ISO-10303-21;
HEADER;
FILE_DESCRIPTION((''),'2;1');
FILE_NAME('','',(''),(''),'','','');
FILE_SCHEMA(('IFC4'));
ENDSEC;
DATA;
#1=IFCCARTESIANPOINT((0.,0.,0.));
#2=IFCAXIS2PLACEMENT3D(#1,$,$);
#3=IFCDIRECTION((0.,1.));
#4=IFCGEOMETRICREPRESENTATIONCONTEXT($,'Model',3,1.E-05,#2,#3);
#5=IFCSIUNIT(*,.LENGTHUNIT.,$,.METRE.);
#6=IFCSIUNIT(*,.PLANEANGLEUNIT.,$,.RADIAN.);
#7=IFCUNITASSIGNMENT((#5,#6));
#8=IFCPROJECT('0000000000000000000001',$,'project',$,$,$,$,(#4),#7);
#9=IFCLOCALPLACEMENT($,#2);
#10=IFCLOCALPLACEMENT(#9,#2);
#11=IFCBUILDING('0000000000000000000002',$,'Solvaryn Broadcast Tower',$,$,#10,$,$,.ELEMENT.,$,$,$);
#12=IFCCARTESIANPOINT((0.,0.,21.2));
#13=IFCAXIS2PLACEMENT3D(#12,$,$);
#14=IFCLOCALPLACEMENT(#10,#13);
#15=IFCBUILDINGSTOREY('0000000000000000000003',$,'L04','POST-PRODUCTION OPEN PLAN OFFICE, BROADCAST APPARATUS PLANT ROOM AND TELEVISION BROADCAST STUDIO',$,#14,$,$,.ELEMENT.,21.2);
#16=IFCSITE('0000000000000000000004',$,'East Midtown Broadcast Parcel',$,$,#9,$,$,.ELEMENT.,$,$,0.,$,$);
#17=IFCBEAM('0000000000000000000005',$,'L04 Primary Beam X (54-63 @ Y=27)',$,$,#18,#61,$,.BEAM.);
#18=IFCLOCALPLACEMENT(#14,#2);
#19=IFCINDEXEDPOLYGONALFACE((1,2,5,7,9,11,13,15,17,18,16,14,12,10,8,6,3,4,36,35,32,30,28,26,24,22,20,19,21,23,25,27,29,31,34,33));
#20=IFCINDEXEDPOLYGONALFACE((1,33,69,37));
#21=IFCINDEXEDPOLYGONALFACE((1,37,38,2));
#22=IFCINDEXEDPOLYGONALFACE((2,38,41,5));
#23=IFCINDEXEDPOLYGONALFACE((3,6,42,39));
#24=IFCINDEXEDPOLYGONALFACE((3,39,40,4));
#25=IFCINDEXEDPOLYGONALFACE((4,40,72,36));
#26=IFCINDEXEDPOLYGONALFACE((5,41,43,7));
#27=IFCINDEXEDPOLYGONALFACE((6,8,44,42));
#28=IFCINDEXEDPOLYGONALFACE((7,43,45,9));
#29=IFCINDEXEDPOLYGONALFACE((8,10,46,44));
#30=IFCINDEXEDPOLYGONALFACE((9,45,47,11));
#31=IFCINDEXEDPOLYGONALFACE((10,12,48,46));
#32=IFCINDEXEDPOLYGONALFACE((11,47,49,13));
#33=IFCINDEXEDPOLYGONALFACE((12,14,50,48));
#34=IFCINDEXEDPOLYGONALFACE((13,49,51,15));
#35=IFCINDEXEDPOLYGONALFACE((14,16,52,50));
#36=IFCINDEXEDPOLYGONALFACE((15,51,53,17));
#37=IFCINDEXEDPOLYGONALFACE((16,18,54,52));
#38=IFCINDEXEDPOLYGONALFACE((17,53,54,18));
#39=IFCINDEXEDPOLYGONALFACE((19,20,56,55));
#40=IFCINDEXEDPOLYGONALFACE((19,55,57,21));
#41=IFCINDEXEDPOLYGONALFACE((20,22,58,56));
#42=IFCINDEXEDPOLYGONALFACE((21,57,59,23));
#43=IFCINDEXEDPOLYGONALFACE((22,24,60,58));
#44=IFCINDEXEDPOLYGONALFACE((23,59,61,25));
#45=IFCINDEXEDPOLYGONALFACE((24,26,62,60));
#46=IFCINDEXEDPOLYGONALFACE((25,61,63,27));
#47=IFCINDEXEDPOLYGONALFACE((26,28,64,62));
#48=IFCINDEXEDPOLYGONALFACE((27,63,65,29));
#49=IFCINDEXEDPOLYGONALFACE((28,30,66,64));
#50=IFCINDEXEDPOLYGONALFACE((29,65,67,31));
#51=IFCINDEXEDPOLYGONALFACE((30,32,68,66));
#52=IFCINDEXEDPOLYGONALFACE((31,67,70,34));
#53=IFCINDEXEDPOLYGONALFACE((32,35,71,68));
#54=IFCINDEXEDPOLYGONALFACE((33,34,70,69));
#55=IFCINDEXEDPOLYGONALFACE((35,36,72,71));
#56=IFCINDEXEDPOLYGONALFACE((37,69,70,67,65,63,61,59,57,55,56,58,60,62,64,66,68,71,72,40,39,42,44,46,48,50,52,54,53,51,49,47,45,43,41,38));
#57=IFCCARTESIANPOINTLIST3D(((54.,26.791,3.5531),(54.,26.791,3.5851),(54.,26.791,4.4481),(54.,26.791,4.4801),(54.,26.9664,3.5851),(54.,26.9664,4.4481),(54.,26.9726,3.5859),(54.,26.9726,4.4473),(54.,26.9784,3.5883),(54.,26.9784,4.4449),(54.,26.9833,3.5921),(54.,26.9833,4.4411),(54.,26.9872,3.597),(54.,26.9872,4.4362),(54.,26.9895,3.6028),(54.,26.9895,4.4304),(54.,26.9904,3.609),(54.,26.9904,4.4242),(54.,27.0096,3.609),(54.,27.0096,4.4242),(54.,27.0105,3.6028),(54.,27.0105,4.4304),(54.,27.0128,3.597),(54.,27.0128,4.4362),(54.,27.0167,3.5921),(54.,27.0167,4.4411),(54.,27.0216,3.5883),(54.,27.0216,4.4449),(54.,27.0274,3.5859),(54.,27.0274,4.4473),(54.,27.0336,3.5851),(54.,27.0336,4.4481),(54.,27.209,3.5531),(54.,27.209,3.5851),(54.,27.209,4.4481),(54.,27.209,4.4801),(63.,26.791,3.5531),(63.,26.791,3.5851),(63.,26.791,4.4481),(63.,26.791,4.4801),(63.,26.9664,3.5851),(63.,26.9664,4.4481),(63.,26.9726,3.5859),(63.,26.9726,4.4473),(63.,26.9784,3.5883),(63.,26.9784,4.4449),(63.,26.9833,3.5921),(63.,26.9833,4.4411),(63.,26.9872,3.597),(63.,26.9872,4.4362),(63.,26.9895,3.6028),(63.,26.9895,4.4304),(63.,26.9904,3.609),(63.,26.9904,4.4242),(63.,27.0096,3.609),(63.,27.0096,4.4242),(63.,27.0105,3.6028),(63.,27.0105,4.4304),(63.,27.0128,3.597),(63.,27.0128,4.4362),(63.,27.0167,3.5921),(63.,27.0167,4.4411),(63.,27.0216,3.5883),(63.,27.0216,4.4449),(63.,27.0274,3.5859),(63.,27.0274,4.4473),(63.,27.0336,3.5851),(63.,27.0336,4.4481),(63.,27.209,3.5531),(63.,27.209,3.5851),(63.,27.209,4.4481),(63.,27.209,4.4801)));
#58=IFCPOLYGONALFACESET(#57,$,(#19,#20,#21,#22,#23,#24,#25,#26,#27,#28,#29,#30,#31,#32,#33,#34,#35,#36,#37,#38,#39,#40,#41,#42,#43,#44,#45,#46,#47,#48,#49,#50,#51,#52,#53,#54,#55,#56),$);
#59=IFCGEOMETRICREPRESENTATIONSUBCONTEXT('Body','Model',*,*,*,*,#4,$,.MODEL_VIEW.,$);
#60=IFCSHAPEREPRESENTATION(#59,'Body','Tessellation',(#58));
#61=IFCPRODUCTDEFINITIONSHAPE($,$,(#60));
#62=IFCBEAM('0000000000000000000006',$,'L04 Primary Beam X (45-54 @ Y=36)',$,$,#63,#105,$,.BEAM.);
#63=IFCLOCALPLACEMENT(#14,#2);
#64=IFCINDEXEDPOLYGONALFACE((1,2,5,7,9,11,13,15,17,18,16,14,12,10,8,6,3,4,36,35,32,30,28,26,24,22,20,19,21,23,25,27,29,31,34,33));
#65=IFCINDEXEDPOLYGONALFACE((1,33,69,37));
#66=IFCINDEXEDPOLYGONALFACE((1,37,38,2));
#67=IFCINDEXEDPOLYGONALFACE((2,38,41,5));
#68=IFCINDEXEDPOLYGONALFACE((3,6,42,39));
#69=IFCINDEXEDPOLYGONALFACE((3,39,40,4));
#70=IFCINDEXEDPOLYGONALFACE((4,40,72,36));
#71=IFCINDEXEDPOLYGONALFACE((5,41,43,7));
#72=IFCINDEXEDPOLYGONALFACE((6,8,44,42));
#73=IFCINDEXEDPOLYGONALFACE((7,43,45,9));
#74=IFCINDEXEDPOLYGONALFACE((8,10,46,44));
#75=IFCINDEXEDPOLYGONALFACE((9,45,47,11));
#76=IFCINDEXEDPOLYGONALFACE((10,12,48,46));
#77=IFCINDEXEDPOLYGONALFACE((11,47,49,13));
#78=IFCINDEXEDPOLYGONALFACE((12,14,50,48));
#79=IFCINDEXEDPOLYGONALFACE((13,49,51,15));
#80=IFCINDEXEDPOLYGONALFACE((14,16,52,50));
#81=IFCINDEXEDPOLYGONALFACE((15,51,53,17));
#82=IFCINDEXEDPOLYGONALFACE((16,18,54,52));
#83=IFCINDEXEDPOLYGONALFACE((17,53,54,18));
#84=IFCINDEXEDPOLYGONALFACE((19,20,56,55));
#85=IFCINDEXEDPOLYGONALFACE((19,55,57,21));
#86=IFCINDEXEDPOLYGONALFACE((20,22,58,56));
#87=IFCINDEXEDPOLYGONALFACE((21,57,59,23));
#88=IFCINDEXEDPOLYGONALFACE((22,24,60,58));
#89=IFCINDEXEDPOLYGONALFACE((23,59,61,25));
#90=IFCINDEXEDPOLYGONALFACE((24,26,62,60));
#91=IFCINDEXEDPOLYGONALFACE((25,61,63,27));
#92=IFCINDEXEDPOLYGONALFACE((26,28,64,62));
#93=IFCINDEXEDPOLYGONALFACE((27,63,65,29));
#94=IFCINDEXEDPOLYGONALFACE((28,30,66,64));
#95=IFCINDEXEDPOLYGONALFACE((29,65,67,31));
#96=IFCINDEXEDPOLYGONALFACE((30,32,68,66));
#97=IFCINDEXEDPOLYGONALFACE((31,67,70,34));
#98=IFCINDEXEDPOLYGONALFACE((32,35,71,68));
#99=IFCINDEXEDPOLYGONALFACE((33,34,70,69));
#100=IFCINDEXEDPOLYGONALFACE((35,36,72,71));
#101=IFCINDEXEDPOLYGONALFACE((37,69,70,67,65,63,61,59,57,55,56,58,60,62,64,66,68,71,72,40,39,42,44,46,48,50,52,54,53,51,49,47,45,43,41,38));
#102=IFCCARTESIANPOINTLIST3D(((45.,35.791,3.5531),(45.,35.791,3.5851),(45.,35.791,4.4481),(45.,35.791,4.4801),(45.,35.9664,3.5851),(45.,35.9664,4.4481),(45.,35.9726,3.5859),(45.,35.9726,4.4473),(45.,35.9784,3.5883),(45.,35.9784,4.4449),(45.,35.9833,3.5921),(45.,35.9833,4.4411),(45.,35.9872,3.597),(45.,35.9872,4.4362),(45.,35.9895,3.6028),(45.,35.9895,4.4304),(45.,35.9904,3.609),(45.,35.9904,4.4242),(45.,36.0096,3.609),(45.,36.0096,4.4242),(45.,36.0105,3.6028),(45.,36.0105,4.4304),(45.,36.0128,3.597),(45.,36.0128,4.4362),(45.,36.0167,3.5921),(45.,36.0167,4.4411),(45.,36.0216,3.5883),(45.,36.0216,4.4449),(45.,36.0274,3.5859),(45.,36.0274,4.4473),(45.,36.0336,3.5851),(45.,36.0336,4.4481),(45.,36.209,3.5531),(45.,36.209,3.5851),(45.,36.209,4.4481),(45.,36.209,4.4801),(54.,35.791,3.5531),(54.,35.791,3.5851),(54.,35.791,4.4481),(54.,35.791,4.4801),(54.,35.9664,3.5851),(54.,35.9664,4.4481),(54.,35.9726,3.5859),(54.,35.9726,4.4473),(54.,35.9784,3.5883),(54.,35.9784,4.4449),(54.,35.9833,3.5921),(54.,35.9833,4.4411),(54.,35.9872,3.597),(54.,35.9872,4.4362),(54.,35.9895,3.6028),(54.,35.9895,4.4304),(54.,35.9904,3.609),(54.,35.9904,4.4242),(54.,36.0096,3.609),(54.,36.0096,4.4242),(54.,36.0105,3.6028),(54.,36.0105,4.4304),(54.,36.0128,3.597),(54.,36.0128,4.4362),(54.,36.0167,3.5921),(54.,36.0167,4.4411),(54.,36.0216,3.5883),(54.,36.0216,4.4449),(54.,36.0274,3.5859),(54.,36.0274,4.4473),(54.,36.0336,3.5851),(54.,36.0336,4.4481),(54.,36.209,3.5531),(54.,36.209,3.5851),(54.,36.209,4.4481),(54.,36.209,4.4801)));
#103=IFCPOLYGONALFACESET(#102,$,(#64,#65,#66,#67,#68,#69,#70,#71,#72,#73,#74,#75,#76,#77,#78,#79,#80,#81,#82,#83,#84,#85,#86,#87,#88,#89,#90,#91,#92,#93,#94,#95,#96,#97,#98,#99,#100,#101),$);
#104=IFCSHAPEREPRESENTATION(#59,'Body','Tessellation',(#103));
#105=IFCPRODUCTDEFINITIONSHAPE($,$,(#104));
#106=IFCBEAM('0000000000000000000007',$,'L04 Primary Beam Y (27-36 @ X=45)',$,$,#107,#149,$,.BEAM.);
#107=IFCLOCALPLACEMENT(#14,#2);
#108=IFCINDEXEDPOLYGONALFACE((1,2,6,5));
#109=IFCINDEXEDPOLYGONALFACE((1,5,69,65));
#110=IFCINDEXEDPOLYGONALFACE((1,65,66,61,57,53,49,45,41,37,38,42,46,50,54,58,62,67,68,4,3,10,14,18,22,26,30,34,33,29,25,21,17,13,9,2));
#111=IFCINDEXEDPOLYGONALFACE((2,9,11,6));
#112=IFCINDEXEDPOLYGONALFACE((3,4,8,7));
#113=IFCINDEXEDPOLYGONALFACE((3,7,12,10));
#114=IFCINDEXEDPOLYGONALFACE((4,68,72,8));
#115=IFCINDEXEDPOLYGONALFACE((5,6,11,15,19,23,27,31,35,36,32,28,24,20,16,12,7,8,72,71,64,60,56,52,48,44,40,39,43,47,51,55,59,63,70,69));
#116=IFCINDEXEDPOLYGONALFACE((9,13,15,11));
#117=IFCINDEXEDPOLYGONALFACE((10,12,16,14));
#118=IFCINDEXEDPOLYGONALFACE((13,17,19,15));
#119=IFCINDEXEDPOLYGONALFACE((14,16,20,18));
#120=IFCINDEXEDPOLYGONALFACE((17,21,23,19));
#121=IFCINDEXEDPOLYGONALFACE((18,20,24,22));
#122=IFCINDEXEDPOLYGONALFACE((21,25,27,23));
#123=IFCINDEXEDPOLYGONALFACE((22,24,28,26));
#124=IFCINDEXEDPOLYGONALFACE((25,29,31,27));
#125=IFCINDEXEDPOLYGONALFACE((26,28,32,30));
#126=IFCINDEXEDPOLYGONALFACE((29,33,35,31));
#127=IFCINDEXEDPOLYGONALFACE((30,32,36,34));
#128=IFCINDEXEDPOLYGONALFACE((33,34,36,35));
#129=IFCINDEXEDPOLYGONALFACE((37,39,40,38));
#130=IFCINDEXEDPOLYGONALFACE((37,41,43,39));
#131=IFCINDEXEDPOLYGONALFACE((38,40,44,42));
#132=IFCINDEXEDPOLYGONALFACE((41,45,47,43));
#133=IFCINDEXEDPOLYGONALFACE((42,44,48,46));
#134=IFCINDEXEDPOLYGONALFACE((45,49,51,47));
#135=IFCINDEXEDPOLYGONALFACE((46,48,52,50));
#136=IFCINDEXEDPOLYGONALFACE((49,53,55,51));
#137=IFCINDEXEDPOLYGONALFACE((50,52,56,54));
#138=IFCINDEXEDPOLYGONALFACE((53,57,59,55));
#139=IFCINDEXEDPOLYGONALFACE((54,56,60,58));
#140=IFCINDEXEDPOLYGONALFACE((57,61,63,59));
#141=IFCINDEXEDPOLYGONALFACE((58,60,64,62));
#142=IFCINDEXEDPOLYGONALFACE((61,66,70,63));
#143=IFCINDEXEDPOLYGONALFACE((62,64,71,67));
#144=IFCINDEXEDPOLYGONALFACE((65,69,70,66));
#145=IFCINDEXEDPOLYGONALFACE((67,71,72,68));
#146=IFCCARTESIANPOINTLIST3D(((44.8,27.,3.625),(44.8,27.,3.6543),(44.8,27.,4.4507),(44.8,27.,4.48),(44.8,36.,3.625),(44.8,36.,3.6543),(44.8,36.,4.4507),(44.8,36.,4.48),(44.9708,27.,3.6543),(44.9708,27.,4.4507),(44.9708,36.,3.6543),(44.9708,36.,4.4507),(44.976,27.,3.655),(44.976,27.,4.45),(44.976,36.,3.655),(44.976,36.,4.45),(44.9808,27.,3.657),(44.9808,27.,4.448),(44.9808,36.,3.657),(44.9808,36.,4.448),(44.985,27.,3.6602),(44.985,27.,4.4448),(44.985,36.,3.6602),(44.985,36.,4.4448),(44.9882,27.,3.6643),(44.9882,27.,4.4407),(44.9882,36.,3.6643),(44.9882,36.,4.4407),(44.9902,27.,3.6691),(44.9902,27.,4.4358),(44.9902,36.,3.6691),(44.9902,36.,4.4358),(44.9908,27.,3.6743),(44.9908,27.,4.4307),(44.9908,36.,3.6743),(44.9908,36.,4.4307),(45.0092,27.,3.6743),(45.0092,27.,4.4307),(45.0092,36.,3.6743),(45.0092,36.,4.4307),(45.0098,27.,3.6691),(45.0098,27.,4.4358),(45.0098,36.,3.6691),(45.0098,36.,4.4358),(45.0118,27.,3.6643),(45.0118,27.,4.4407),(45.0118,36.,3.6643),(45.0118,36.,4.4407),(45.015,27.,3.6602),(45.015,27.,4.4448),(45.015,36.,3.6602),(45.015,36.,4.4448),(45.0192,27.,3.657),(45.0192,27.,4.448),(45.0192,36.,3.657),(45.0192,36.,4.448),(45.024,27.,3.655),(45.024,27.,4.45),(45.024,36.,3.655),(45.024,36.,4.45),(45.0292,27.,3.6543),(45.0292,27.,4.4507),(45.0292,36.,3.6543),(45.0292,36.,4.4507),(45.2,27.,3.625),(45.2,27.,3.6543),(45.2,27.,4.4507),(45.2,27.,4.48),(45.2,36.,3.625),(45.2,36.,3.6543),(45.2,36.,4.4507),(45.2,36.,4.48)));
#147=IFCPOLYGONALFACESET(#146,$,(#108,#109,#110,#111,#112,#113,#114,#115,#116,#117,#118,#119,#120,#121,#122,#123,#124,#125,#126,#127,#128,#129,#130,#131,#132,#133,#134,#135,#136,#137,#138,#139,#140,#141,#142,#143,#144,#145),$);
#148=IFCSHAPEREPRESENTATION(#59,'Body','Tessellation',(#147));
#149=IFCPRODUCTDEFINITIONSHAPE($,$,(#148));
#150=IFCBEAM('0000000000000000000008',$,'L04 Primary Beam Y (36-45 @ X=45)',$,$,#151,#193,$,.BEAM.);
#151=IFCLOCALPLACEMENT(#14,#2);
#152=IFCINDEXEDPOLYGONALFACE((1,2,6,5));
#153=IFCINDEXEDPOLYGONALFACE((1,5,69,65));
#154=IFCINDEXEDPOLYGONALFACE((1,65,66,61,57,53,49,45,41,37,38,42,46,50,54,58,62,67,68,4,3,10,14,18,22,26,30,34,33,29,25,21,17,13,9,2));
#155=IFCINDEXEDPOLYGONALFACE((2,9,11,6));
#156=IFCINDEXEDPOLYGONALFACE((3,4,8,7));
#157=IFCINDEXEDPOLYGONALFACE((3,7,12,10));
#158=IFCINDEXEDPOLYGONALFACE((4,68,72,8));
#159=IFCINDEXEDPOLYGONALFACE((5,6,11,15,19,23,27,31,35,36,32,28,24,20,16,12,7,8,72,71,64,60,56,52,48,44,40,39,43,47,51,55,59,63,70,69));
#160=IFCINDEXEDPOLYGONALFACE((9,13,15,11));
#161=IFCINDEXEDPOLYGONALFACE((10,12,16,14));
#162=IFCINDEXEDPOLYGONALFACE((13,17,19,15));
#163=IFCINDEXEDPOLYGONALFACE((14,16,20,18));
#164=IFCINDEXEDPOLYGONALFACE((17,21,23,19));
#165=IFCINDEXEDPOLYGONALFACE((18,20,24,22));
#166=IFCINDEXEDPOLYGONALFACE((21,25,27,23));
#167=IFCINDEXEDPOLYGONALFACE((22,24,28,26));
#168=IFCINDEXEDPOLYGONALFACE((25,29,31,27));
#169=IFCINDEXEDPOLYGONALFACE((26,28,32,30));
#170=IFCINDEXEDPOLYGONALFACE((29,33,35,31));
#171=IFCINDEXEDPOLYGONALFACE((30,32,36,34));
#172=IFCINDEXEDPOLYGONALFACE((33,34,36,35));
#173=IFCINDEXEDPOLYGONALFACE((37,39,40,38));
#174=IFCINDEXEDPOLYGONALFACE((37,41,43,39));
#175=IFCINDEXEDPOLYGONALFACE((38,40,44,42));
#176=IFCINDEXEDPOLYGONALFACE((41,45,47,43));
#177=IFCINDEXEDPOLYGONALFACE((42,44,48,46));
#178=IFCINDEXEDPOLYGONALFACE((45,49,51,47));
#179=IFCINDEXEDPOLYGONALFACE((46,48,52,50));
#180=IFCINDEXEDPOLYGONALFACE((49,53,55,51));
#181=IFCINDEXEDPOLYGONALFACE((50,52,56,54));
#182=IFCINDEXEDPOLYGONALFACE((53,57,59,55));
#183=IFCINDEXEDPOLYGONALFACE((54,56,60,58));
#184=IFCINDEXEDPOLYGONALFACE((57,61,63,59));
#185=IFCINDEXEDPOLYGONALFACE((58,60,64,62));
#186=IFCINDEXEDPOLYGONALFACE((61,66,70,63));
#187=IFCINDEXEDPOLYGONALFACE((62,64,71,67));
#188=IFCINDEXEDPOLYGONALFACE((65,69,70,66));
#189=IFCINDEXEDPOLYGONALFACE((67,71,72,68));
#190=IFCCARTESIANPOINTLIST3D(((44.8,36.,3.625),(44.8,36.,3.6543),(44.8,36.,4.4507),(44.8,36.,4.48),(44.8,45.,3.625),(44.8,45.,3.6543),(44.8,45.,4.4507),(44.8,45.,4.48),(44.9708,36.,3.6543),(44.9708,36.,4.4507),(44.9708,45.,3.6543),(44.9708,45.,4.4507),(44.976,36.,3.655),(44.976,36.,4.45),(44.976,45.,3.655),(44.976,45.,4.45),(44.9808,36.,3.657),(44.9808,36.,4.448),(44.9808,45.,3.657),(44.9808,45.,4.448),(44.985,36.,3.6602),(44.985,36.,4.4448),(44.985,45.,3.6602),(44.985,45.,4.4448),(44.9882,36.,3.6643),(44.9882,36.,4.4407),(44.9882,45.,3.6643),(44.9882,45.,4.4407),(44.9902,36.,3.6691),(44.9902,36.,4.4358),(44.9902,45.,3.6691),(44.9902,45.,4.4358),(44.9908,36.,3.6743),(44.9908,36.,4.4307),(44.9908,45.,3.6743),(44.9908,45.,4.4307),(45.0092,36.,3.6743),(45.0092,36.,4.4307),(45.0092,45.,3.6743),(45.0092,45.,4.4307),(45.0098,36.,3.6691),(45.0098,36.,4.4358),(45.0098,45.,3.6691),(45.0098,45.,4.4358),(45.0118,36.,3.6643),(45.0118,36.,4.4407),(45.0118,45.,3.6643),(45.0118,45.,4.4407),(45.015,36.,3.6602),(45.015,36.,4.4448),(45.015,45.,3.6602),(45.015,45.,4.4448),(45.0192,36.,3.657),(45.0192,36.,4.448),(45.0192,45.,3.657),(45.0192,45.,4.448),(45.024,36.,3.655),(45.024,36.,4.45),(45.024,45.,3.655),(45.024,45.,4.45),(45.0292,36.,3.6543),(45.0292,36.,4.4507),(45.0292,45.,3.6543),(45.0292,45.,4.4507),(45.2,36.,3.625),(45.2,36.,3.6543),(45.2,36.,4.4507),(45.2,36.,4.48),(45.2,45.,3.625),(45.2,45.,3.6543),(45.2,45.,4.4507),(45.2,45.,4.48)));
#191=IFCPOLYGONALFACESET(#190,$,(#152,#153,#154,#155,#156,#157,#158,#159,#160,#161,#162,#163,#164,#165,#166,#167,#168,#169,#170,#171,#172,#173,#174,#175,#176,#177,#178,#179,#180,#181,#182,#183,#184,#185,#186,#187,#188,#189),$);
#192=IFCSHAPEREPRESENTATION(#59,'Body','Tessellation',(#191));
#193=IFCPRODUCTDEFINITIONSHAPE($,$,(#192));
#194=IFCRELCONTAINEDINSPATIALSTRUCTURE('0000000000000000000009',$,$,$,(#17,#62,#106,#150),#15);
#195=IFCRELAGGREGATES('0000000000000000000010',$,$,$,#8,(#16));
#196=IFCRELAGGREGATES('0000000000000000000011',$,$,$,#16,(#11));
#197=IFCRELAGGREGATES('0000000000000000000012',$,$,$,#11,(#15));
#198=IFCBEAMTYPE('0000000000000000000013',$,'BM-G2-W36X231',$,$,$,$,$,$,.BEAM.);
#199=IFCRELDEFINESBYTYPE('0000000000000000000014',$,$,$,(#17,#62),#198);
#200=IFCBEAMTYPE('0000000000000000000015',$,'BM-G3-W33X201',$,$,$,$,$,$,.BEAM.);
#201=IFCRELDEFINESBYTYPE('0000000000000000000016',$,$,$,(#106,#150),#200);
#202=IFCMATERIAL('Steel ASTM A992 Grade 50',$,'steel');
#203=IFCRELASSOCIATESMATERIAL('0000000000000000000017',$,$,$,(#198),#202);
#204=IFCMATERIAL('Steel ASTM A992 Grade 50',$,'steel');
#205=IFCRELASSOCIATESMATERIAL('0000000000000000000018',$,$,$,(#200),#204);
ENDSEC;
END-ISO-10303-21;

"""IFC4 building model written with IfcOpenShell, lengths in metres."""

from ifc_helpers import new_model, si_unit, direction, frame, origin, origin_2d, place, context, subcontext, project, spatial, i_section, extrude, material, material_profile, profile_set, type_object, element, save


model = new_model("IFC4")

# Units and contexts
model_context = context("Model", 3, precision=1e-05, world=origin(), true_north=direction((0.0, 1.0)))
body_context = subcontext(model_context, "Body", "Model", "MODEL_VIEW")
ifc_project = project(units=[si_unit("LENGTHUNIT", "METRE"), si_unit("PLANEANGLEUNIT", "RADIAN")], contexts=[model_context])

# Site, building, storey
site_placement = place(None, origin())
site = spatial("IfcSite", under=ifc_project, at=site_placement, Name="East Midtown Broadcast Parcel", CompositionType="ELEMENT", RefElevation=0.0)
building_placement = place(site_placement, origin())
building = spatial("IfcBuilding", under=site, at=building_placement, Name="Solvaryn Broadcast Tower", CompositionType="ELEMENT")
storey_placement = place(building_placement, frame((0.0, 0.0, 21.2)))
storey = spatial("IfcBuildingStorey", under=building, at=storey_placement, Name="L04", Description="POST-PRODUCTION OPEN PLAN OFFICE, BROADCAST APPARATUS PLANT ROOM AND TELEVISION BROADCAST STUDIO", CompositionType="ELEMENT", Elevation=21.2)

# Beams
ifc_material_1 = material(Name="Steel ASTM A992 Grade 50", Category="steel")
ifc_material_profile_1 = material_profile(ifc_material_1, i_section(OverallWidth=0.418, OverallDepth=0.927, WebThickness=0.0193, FlangeThickness=0.032, FilletRadius=0.0239, at=origin_2d()))
ifc_profile_set_1 = profile_set([ifc_material_profile_1], Name="Steel ASTM A992 Grade 50")
beam_type_1 = type_object("IfcBeamType", Name="BM-G2-W36X231", PredefinedType="BEAM", material=ifc_profile_set_1)
for number, where, z_axis, x_axis, name in (
    (1, (54.0, 27.0, 4.0166), (1.0, 0.0, 0.0), (0.0, 1.0, 0.0), "L04 Primary Beam X (54-63 @ Y=27)"),
    (2, (45.0, 36.0, 4.0166), (1.0, 0.0, 0.0), (0.0, 1.0, 0.0), "L04 Primary Beam X (45-54 @ Y=36)"),
):
    element("IfcBeam", number, at=place(storey_placement, frame(where, z_axis=z_axis, x_axis=x_axis)), inside=storey, type_object=beam_type_1, Name=name, PredefinedType="BEAM", context=body_context, shape_type="SweptSolid", body=[
        extrude(i_section(OverallWidth=0.418, OverallDepth=0.927, WebThickness=0.0193, FlangeThickness=0.032, FilletRadius=0.0239, at=origin_2d()), origin(), (0.0, 0.0, 1.0), 9.0),
    ])
ifc_material_2 = material(Name="Steel ASTM A992 Grade 50", Category="steel")
ifc_material_profile_2 = material_profile(ifc_material_2, i_section(OverallWidth=0.3999, OverallDepth=0.855, WebThickness=0.0183, FlangeThickness=0.0293, FilletRadius=0.02, at=origin_2d()))
ifc_profile_set_2 = profile_set([ifc_material_profile_2], Name="Steel ASTM A992 Grade 50")
beam_type_2 = type_object("IfcBeamType", Name="BM-G3-W33X201", PredefinedType="BEAM", material=ifc_profile_set_2)
for number, where, z_axis, x_axis, name in (
    (3, (45.0, 27.0, 4.0525), (0.0, 1.0, 0.0), (-1.0, 0.0, 0.0), "L04 Primary Beam Y (27-36 @ X=45)"),
    (4, (45.0, 36.0, 4.0525), (0.0, 1.0, 0.0), (-1.0, 0.0, 0.0), "L04 Primary Beam Y (36-45 @ X=45)"),
):
    element("IfcBeam", number, at=place(storey_placement, frame(where, z_axis=z_axis, x_axis=x_axis)), inside=storey, type_object=beam_type_2, Name=name, PredefinedType="BEAM", context=body_context, shape_type="SweptSolid", body=[
        extrude(i_section(OverallWidth=0.3999, OverallDepth=0.855, WebThickness=0.0183, FlangeThickness=0.0293, FilletRadius=0.02, at=origin_2d()), origin(), (0.0, 0.0, 1.0), 9.0),
    ])

save(model, "model.ifc")
